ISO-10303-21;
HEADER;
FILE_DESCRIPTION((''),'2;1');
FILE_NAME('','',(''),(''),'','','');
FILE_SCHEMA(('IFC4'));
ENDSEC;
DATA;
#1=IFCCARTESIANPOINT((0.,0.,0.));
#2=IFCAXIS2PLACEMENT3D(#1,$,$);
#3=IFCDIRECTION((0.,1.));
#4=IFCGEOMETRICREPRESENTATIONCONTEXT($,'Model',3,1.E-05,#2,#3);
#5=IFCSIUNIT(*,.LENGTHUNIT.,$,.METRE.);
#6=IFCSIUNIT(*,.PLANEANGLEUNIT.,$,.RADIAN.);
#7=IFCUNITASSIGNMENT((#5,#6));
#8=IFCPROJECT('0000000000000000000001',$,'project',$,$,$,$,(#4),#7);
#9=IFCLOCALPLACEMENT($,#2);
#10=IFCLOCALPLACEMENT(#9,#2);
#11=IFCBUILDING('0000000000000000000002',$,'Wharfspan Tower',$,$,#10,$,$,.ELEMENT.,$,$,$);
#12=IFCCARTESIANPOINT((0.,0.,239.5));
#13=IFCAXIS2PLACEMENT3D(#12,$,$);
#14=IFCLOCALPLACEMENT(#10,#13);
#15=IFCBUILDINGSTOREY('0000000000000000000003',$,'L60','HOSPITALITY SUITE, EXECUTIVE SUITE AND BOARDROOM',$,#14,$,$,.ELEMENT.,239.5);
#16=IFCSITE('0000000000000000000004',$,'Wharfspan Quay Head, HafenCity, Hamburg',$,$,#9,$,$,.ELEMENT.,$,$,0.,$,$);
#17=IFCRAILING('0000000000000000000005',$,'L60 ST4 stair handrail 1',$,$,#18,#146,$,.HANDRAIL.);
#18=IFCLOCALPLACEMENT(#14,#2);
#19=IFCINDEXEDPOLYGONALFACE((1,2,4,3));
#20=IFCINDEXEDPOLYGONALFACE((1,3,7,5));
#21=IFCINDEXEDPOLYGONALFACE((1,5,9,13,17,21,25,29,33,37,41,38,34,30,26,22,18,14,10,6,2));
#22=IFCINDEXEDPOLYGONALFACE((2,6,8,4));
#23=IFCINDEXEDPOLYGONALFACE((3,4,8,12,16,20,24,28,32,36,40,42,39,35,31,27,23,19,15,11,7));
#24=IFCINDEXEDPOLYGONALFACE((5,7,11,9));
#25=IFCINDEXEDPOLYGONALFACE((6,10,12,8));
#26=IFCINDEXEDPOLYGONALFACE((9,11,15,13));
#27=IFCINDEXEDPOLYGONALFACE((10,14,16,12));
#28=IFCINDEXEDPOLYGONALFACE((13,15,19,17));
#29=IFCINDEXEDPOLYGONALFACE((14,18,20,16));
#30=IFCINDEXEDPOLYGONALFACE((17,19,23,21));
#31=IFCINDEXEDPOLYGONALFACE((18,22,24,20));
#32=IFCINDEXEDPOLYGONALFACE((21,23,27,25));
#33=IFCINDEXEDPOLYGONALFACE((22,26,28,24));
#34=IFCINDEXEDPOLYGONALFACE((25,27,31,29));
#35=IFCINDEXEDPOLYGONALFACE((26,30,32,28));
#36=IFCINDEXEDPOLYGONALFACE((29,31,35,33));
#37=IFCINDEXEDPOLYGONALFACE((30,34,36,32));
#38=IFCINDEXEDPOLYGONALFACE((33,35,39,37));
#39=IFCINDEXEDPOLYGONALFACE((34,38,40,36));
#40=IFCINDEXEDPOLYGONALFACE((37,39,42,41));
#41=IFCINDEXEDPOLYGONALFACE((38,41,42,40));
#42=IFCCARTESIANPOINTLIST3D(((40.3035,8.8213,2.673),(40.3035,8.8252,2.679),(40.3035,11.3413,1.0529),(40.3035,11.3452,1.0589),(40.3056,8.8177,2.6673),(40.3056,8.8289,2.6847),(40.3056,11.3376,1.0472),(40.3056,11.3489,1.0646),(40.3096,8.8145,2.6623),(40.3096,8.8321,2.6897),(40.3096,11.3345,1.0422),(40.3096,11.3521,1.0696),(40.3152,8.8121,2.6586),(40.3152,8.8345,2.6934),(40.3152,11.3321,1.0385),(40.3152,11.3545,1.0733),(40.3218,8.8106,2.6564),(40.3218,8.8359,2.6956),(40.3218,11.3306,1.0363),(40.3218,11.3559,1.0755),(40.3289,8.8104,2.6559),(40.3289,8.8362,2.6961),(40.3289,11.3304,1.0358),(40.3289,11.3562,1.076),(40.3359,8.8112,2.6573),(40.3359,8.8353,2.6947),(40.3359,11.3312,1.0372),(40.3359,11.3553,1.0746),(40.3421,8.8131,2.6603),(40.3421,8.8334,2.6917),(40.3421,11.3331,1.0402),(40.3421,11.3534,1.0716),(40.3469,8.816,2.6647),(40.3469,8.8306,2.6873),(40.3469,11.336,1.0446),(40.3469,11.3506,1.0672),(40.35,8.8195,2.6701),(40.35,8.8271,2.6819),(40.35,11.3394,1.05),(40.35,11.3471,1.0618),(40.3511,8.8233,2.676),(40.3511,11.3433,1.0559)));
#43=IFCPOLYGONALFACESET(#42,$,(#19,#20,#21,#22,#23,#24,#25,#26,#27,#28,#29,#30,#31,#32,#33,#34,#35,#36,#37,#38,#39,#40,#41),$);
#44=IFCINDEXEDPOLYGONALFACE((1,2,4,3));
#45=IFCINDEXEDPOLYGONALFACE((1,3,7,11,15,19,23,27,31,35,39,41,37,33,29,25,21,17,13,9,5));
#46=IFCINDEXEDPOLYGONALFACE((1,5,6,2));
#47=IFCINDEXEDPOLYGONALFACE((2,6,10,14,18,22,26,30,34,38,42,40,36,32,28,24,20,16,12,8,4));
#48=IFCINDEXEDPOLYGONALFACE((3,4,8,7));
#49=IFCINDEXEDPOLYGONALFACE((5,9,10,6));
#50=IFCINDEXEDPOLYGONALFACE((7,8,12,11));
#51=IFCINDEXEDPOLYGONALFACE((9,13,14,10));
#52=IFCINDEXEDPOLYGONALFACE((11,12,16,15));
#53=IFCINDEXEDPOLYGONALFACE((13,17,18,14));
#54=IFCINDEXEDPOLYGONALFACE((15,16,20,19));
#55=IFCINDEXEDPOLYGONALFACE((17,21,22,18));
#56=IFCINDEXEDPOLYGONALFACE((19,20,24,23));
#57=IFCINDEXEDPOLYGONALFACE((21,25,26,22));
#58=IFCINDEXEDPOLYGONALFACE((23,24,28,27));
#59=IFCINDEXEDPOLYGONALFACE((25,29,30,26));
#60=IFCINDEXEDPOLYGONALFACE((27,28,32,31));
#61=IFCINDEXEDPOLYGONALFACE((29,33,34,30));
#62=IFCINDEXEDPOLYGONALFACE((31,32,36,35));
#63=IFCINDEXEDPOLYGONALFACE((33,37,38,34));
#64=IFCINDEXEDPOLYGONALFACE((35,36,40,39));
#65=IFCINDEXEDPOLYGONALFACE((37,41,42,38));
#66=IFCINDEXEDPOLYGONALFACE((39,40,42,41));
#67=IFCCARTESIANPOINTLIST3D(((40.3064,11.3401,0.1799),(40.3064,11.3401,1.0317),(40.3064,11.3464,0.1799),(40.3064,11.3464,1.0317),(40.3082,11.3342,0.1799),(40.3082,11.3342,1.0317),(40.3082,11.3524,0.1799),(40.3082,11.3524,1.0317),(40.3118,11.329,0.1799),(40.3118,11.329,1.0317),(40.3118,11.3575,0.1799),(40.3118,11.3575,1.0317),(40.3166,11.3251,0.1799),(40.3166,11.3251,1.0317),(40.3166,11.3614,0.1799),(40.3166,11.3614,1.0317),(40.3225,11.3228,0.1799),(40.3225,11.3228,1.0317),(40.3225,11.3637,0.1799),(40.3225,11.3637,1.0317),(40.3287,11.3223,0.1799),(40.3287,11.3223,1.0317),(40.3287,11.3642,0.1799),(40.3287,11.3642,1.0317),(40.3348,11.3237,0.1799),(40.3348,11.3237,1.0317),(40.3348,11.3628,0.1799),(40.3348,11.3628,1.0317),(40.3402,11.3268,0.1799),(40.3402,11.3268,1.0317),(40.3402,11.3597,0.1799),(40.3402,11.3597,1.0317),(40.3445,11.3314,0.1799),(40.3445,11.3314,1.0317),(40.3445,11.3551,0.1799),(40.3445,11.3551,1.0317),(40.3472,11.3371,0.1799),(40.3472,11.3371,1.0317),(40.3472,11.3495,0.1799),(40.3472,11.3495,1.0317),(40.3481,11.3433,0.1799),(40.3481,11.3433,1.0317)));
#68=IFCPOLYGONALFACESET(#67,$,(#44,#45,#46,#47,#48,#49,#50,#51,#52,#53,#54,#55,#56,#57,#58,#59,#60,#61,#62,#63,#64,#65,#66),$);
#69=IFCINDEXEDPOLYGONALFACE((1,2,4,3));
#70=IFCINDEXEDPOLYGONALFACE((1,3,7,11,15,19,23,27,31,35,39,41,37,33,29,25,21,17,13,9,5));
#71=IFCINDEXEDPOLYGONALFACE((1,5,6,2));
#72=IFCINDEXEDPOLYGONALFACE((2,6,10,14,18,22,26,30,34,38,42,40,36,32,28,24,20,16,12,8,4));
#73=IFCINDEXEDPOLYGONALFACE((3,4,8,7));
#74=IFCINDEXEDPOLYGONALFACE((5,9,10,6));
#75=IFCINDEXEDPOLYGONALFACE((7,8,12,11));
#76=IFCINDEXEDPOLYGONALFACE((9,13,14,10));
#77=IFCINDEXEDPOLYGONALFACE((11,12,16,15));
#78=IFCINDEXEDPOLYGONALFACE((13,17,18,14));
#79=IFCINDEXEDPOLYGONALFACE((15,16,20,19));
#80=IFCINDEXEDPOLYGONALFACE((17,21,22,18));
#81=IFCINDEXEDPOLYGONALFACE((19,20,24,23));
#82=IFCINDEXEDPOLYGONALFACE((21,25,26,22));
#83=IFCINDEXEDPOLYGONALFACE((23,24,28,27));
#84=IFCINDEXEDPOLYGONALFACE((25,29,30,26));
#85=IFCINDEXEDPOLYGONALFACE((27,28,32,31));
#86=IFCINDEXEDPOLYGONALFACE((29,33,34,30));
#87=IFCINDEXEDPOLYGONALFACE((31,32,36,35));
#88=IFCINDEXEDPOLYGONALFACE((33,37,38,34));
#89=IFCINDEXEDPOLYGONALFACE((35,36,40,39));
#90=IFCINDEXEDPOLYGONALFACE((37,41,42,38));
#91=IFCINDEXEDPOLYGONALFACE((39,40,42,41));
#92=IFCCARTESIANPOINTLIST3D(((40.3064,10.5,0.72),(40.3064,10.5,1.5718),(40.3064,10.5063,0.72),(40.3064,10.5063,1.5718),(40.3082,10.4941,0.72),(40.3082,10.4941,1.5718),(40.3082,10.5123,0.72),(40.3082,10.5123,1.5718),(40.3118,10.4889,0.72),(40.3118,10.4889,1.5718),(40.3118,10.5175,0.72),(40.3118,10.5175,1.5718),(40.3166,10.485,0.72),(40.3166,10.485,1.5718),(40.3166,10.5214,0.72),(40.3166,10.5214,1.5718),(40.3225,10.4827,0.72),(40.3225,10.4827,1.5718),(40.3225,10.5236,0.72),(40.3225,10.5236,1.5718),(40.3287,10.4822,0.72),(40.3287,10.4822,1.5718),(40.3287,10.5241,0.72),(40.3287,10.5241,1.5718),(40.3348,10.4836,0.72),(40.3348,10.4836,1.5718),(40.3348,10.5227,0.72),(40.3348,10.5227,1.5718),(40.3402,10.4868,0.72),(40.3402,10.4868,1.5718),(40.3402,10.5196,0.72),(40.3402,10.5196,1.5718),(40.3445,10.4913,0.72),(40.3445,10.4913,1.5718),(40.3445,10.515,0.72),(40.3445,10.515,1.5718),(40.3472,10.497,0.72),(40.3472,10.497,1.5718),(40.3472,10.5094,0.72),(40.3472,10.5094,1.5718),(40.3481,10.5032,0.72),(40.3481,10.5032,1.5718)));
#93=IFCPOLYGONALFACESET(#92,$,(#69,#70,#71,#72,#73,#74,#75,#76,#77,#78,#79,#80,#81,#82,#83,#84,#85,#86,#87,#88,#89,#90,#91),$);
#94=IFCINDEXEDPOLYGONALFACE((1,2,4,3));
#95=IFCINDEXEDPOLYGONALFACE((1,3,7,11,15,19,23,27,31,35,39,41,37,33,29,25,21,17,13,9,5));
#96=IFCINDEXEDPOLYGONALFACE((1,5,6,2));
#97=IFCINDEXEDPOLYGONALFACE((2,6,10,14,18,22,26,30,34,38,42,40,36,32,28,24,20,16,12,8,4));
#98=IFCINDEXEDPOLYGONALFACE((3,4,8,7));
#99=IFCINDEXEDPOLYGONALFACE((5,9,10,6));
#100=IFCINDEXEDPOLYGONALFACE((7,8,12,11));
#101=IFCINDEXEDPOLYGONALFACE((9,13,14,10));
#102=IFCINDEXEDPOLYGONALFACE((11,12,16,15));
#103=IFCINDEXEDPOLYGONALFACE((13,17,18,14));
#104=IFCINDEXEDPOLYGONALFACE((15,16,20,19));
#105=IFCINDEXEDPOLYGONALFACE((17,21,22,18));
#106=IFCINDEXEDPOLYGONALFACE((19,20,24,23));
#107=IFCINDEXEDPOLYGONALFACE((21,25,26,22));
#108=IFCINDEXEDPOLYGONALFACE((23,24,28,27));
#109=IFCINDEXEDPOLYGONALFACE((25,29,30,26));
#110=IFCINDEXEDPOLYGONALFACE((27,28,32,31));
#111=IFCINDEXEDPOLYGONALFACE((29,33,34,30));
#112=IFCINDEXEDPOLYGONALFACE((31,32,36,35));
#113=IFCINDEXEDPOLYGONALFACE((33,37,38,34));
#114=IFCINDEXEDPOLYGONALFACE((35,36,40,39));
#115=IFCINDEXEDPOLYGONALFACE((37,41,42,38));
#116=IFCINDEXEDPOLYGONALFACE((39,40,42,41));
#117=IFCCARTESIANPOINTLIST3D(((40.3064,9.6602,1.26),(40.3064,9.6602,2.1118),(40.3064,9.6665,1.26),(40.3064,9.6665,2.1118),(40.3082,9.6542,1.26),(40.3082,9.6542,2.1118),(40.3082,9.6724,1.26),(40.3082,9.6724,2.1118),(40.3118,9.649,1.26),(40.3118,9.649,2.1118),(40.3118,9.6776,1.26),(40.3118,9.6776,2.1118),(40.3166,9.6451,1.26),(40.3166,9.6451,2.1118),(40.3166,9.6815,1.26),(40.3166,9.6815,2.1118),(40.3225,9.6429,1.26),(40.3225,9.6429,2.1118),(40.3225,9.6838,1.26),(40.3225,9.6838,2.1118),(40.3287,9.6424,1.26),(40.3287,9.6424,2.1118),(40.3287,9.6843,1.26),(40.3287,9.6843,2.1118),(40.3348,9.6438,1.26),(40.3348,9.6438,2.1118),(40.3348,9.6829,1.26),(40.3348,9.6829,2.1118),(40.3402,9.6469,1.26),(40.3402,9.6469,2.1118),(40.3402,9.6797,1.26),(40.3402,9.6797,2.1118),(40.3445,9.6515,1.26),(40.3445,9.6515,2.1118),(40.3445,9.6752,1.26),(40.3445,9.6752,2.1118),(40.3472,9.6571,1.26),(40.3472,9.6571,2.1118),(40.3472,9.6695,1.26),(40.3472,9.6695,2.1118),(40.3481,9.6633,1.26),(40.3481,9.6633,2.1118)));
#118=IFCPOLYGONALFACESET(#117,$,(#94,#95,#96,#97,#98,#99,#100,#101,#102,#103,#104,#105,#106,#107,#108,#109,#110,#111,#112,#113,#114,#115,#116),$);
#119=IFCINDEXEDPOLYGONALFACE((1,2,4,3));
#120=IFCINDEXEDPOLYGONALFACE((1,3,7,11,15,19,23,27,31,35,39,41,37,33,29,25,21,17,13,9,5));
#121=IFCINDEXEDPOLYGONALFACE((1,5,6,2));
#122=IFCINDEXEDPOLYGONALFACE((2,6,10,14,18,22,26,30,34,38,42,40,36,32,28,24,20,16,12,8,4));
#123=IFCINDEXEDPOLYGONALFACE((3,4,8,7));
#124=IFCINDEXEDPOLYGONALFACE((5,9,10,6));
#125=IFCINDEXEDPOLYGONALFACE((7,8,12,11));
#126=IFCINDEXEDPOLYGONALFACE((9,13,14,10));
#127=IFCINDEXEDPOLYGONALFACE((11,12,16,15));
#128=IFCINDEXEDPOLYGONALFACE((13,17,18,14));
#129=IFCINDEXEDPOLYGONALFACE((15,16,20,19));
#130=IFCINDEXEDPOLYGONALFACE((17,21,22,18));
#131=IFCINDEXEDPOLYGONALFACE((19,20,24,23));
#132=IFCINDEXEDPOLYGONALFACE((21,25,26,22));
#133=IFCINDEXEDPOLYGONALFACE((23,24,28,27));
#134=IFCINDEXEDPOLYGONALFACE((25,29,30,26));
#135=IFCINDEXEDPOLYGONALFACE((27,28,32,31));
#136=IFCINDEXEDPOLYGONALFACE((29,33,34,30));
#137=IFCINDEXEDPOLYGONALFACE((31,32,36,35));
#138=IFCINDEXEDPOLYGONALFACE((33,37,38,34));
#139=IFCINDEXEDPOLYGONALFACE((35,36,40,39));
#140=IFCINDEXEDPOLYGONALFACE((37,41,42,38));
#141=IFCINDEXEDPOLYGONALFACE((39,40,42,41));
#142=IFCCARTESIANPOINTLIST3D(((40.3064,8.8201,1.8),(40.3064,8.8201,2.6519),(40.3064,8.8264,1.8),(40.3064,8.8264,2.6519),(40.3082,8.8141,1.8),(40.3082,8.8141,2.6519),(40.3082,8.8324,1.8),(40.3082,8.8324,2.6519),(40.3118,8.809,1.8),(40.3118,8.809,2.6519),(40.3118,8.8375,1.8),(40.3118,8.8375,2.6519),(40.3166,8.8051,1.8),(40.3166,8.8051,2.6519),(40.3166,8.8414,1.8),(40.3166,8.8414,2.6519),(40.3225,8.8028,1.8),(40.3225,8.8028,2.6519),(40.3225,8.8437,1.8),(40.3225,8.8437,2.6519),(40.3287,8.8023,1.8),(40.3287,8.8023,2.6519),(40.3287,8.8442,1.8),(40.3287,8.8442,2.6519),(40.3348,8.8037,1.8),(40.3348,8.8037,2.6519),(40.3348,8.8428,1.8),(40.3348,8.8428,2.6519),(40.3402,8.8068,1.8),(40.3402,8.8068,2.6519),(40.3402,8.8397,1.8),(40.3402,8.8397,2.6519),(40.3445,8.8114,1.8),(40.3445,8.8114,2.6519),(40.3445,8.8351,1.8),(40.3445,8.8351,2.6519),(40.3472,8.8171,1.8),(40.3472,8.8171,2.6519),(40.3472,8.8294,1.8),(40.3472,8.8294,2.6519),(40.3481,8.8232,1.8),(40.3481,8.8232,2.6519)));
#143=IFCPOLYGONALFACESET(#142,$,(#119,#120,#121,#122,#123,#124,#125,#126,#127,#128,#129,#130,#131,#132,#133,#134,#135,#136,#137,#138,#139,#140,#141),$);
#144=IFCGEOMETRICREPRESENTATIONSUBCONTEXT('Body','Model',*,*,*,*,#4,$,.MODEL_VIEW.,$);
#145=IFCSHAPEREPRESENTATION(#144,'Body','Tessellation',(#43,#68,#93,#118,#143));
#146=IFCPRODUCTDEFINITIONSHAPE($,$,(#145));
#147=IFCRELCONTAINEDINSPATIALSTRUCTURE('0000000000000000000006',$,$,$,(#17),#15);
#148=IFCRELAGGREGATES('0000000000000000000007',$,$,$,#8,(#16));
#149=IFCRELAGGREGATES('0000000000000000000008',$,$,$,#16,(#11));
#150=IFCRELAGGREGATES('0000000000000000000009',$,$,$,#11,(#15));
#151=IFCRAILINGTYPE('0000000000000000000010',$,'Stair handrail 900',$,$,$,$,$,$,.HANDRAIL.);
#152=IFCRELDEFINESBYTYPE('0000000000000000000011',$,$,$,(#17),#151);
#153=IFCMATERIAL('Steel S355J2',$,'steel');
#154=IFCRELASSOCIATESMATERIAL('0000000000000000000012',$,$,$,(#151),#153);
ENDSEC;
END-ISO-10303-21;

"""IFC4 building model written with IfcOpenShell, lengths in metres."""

from ifc_helpers import new_model, si_unit, direction, frame, origin, origin_2d, place, context, subcontext, project, spatial, circle, extrude, material, type_object, element, save


model = new_model("IFC4")

# Units and contexts
model_context = context("Model", 3, precision=1e-05, world=origin(), true_north=direction((0.0, 1.0)))
body_context = subcontext(model_context, "Body", "Model", "MODEL_VIEW")
ifc_project = project(units=[si_unit("LENGTHUNIT", "METRE"), si_unit("PLANEANGLEUNIT", "RADIAN")], contexts=[model_context])

# Site, building, storey
site_placement = place(None, origin())
site = spatial("IfcSite", under=ifc_project, at=site_placement, Name="Wharfspan Quay Head, HafenCity, Hamburg", CompositionType="ELEMENT", RefElevation=0.0)
building_placement = place(site_placement, origin())
building = spatial("IfcBuilding", under=site, at=building_placement, Name="Wharfspan Tower", CompositionType="ELEMENT")
storey_placement = place(building_placement, frame((0.0, 0.0, 239.5)))
storey = spatial("IfcBuildingStorey", under=building, at=storey_placement, Name="L60", Description="HOSPITALITY SUITE, EXECUTIVE SUITE AND BOARDROOM", CompositionType="ELEMENT", Elevation=239.5)

# Shared definitions
ifc_material_1 = material(Name="Steel S355J2", Category="steel")

# Railing
railing_type_1 = type_object("IfcRailingType", Name="Stair handrail 900", PredefinedType="HANDRAIL", material=ifc_material_1)
railing_1_placement = place(storey_placement, frame((40.3271, 11.3433, 0.1799)))
element("IfcRailing", 1, at=railing_1_placement, inside=storey, type_object=railing_type_1, Name="L60 ST4 stair handrail 1", PredefinedType="HANDRAIL", context=body_context, shape_type="SweptSolid", body=[
    extrude(circle(Radius=0.0239, at=origin_2d()), frame((0.0, 0.0, 0.876), z_axis=(0.0, -0.841163, 0.540782), x_axis=(1.0, 0.0, 0.0)), (0.0, 0.0, 1.0), 2.9958),
    extrude(circle(Radius=0.021, at=origin_2d()), origin(), (0.0, 0.0, 1.0), 0.8518),
    extrude(circle(Radius=0.021, at=origin_2d()), frame((0.0, -0.8401, 0.54)), (0.0, 0.0, 1.0), 0.8518),
    extrude(circle(Radius=0.021, at=origin_2d()), frame((0.0, -1.6799, 1.0801)), (0.0, 0.0, 1.0), 0.8518),
    extrude(circle(Radius=0.021, at=origin_2d()), frame((0.0, -2.52, 1.6201)), (0.0, 0.0, 1.0), 0.8518),
])

save(model, "model.ifc")
